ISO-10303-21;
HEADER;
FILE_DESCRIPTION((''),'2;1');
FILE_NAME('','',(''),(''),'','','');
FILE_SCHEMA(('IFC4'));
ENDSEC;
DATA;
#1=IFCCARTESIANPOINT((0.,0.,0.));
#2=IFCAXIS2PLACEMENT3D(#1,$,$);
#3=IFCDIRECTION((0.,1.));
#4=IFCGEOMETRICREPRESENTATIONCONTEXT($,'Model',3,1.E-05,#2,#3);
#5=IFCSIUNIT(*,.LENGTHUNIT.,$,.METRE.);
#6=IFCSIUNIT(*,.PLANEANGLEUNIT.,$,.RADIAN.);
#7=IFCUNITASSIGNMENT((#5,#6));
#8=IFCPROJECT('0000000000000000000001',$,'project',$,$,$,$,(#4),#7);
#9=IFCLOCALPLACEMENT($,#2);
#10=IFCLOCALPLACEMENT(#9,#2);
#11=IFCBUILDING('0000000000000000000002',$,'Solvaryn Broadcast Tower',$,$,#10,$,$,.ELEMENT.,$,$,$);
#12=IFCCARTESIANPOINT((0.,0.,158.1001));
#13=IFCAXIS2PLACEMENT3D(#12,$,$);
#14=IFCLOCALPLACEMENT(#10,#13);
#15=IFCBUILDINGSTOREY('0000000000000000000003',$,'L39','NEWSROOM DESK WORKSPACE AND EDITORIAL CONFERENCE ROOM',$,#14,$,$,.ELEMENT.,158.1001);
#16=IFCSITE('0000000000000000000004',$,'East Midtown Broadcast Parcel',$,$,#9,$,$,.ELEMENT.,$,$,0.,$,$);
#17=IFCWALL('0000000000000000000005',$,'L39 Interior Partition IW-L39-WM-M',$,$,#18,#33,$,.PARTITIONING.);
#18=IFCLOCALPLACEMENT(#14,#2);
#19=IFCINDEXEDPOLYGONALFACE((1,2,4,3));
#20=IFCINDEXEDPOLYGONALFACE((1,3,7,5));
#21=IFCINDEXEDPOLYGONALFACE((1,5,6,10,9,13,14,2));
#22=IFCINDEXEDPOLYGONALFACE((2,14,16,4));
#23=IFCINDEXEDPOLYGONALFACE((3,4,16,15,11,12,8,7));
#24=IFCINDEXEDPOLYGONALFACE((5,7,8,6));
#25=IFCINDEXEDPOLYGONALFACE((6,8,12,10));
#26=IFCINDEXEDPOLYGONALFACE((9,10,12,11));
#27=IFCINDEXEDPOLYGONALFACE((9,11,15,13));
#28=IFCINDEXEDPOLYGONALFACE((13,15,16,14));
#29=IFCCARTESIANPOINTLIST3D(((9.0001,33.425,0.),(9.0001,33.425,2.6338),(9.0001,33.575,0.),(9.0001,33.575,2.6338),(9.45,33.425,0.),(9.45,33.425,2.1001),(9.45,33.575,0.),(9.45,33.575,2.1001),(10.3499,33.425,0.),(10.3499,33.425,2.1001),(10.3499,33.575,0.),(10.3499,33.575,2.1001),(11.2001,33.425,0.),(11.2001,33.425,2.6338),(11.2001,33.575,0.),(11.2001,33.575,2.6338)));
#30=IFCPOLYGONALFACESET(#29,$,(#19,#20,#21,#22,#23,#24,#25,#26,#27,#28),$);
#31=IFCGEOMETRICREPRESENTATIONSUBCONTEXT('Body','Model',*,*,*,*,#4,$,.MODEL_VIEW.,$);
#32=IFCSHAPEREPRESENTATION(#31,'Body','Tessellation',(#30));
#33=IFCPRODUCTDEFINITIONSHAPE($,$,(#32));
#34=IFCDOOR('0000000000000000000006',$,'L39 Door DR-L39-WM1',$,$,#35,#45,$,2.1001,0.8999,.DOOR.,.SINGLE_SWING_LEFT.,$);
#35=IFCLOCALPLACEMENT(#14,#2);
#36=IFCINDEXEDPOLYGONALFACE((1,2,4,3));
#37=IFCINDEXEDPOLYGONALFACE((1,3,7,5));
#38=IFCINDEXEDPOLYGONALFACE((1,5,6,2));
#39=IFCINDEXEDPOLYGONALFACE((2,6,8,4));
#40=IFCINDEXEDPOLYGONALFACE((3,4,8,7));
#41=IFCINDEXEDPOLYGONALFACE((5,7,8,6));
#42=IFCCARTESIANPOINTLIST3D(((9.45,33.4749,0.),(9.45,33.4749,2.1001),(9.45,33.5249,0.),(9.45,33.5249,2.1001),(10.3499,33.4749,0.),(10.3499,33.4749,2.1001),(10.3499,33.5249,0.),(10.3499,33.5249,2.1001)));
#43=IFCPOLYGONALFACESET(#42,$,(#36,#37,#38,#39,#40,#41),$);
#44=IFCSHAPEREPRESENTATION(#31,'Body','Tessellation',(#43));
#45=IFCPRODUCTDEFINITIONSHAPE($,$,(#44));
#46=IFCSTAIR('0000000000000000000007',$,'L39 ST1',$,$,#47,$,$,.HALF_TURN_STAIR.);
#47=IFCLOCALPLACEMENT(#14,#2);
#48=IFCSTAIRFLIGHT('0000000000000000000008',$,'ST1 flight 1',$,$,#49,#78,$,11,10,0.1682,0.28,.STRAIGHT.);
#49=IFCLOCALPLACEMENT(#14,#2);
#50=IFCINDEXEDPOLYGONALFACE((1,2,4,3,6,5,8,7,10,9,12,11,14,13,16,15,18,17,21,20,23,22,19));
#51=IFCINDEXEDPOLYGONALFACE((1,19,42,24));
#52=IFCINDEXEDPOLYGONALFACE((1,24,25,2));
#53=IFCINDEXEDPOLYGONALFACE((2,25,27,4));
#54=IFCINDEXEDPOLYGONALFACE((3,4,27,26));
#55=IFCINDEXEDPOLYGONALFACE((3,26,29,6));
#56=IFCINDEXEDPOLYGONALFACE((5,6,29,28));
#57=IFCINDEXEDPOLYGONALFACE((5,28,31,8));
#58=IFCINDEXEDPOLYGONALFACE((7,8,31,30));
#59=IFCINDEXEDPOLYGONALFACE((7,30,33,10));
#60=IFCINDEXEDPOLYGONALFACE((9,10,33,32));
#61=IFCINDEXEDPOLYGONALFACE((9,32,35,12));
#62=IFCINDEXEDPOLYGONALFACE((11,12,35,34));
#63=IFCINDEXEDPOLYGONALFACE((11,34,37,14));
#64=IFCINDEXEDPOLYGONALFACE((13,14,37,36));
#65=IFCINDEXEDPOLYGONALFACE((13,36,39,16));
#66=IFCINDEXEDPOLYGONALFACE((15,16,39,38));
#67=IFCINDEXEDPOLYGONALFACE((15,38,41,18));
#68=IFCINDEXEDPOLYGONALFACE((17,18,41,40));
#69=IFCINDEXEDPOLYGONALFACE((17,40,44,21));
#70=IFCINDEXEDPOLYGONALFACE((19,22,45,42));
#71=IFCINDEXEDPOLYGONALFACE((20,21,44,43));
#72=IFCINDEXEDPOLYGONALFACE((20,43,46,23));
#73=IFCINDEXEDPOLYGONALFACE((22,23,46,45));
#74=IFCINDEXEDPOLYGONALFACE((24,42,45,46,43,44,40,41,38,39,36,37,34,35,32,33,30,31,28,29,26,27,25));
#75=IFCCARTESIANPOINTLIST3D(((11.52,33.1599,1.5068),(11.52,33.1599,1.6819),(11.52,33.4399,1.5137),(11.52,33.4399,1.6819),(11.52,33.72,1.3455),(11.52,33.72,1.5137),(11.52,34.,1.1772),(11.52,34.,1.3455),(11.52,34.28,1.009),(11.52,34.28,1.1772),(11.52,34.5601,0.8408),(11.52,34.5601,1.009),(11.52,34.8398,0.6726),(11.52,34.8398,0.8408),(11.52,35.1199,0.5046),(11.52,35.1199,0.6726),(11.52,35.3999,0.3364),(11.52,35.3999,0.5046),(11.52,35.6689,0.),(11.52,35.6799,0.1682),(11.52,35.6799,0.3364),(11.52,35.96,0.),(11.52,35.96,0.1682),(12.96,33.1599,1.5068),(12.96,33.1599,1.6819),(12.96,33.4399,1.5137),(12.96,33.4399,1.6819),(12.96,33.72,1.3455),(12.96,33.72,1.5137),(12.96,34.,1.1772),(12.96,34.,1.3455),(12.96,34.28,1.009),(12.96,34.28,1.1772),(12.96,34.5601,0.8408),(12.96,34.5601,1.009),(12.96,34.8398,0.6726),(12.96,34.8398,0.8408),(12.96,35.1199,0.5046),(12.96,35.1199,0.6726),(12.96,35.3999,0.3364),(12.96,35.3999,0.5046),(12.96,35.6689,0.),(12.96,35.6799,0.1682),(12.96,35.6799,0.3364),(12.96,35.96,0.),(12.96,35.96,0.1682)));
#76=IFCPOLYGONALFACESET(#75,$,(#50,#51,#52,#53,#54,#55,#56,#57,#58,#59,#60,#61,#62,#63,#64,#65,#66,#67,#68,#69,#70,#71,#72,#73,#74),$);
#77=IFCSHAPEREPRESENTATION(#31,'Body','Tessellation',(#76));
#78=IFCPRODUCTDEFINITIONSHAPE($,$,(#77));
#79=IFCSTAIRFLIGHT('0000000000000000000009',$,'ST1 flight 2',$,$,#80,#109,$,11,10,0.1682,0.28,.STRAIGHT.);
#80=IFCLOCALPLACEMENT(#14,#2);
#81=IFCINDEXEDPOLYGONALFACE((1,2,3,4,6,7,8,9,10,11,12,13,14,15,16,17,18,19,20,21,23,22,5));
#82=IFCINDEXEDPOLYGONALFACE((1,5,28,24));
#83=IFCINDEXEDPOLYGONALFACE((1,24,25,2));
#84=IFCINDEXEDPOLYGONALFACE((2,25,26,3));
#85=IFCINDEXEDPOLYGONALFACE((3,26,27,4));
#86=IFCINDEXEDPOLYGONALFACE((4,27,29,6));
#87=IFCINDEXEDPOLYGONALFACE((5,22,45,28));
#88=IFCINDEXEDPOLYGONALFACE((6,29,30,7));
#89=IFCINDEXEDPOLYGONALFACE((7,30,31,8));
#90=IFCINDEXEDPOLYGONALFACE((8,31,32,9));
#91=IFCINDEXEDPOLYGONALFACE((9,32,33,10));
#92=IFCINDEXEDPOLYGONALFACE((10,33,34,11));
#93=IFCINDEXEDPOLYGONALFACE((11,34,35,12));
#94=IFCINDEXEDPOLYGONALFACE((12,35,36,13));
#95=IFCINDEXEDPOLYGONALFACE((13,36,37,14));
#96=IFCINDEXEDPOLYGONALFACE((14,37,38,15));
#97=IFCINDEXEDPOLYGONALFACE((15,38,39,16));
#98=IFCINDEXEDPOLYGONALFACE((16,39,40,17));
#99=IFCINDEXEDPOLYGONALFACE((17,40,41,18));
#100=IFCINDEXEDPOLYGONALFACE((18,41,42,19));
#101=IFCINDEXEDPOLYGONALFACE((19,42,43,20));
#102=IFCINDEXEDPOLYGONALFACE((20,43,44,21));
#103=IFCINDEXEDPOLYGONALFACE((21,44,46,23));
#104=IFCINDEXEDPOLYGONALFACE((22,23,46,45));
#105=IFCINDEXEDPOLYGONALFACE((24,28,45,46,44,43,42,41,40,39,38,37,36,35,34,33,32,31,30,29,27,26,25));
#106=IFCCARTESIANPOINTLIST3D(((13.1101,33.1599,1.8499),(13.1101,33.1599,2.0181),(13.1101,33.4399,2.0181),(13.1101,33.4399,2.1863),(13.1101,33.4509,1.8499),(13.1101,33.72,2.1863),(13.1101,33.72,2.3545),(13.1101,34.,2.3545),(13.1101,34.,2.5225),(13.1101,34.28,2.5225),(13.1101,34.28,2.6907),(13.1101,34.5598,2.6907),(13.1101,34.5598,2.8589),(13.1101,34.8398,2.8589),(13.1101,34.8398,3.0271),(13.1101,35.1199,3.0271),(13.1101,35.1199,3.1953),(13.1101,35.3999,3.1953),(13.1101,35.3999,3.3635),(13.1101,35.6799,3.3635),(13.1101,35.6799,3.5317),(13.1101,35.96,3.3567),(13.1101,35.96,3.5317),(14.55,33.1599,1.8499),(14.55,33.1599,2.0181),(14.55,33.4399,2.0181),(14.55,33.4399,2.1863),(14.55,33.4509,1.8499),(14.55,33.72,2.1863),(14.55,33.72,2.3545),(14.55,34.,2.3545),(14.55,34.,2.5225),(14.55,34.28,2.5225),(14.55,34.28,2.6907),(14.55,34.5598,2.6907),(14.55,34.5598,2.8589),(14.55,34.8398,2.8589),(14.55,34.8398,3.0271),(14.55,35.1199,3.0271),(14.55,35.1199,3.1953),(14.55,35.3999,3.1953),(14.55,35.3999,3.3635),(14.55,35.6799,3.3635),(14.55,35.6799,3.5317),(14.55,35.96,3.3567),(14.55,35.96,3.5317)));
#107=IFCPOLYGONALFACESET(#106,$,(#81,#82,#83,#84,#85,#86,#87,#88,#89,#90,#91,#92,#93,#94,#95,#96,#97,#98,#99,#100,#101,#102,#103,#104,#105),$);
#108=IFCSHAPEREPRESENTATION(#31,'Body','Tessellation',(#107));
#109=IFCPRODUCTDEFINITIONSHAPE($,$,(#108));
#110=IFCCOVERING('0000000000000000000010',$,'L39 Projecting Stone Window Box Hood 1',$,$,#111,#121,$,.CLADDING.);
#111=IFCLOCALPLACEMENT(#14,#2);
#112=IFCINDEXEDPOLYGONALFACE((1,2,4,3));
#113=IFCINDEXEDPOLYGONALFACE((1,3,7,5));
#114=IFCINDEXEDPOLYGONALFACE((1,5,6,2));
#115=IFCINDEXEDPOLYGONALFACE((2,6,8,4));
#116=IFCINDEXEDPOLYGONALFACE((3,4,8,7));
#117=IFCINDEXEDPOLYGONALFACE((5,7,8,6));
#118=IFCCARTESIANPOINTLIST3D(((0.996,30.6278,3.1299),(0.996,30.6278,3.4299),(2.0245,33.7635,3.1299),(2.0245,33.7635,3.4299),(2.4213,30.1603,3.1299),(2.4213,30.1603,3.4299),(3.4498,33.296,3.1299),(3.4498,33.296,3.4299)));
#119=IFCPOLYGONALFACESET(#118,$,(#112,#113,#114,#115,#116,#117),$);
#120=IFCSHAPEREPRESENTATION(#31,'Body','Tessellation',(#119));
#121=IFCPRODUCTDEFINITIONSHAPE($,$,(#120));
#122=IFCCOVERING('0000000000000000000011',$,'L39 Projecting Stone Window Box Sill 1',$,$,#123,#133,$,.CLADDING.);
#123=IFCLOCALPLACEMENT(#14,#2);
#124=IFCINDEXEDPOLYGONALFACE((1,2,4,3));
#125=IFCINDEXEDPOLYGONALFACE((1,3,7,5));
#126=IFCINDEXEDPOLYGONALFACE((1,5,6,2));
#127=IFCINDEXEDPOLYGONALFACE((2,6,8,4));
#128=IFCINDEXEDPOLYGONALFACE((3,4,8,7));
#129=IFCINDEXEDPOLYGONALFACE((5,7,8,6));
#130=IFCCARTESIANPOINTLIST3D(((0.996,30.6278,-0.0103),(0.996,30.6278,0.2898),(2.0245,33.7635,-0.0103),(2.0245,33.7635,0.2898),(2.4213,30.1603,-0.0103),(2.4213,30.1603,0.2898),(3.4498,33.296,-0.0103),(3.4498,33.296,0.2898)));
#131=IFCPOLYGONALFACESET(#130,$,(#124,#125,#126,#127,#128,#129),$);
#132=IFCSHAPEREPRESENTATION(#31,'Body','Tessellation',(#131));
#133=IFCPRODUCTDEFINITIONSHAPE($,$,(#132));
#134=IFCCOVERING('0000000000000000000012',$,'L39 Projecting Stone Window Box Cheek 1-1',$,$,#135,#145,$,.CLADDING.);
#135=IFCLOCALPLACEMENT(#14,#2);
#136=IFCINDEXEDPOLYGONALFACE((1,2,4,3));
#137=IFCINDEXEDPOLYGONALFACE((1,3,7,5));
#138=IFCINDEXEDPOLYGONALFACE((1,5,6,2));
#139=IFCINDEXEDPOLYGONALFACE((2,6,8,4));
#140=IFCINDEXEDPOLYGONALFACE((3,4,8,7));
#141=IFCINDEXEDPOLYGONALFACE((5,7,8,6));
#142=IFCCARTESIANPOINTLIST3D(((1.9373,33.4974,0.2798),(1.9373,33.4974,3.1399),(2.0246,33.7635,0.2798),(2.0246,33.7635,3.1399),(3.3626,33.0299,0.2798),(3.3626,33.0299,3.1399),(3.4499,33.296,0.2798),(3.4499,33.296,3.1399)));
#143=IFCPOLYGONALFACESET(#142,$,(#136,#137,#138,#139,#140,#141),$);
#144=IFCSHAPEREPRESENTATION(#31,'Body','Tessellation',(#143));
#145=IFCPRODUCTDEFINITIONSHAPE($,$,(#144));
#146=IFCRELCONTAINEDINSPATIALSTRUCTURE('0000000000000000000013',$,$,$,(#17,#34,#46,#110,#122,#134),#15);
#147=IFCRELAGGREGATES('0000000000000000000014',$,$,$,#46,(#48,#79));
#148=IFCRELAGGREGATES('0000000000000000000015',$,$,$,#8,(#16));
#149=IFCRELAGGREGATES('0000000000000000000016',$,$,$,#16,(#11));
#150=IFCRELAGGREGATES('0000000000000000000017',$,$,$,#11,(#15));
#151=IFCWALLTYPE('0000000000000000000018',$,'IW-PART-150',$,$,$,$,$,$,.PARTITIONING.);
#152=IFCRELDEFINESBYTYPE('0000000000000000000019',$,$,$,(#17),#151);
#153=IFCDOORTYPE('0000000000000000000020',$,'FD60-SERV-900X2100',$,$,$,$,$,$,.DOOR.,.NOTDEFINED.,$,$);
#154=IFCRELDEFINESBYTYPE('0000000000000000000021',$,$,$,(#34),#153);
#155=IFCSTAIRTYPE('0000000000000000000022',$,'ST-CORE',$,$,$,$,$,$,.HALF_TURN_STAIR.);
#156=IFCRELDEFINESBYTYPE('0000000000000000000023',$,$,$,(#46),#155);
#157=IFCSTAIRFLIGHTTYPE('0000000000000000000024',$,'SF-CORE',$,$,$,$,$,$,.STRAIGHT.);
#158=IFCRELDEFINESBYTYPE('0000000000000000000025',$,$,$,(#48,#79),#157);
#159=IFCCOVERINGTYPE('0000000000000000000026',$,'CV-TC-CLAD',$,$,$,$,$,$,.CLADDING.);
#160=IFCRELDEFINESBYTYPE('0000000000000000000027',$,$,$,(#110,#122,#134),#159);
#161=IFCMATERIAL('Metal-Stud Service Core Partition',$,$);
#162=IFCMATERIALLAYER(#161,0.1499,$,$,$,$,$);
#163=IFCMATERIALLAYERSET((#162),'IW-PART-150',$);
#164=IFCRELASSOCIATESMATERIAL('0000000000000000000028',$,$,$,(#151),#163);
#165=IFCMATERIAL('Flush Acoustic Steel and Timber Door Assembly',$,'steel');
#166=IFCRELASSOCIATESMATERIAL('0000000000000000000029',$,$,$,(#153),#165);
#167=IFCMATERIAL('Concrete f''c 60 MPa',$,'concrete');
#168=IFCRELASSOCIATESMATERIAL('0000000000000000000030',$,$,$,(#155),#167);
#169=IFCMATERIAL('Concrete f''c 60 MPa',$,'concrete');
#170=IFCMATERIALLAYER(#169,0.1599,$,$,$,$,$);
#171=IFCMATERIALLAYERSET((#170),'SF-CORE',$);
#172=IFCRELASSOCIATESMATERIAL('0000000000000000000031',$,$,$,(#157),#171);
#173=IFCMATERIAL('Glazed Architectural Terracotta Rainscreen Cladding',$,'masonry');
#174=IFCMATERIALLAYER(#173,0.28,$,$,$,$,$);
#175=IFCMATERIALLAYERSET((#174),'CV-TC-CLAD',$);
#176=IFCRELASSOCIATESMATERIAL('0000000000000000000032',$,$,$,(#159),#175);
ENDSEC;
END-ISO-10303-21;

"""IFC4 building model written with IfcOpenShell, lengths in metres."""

from ifc_helpers import new_model, si_unit, direction, frame, frame_2d, origin, origin_2d, place, context, subcontext, project, spatial, polyline, rectangle, outline, extrude, material, layer, layer_set, type_object, element, fill, aggregate, save


model = new_model("IFC4")

# Units and contexts
model_context = context("Model", 3, precision=1e-05, world=origin(), true_north=direction((0.0, 1.0)))
body_context = subcontext(model_context, "Body", "Model", "MODEL_VIEW")
ifc_project = project(units=[si_unit("LENGTHUNIT", "METRE"), si_unit("PLANEANGLEUNIT", "RADIAN")], contexts=[model_context])

# Site, building, storey
site_placement = place(None, origin())
site = spatial("IfcSite", under=ifc_project, at=site_placement, Name="East Midtown Broadcast Parcel", CompositionType="ELEMENT", RefElevation=0.0)
building_placement = place(site_placement, origin())
building = spatial("IfcBuilding", under=site, at=building_placement, Name="Solvaryn Broadcast Tower", CompositionType="ELEMENT")
storey_placement = place(building_placement, frame((0.0, 0.0, 158.1001)))
storey = spatial("IfcBuildingStorey", under=building, at=storey_placement, Name="L39", Description="NEWSROOM DESK WORKSPACE AND EDITORIAL CONFERENCE ROOM", CompositionType="ELEMENT", Elevation=158.1001)

# Wall, opening, door
ifc_material_1 = material(Name="Metal-Stud Service Core Partition")
ifc_layer_1 = layer(ifc_material_1, 0.1499)
ifc_layer_set_1 = layer_set([ifc_layer_1], Name="IW-PART-150")
wall_type = type_object("IfcWallType", Name="IW-PART-150", PredefinedType="PARTITIONING", material=ifc_layer_set_1)
wall_placement = place(storey_placement, frame((9.0, 33.5, 0.0), z_axis=(0.0, 0.0, 1.0), x_axis=(1.0, 0.0, 0.0)))
wall = element("IfcWall", 1, at=wall_placement, inside=storey, type_object=wall_type, Name="L39 Interior Partition IW-L39-WM-M", PredefinedType="PARTITIONING", context=body_context, shape_type="SweptSolid", body=[
    extrude(rectangle(XDim=2.2, YDim=0.1499, at=frame_2d((1.1001, 0.0))), origin(), (0.0, 0.0, 1.0), 2.6338),
])
opening_placement = place(wall_placement, frame((0.45, 0.0, 0.0)))
opening = element("IfcOpeningElement", 2, at=opening_placement, cuts=wall, PredefinedType="OPENING", context=body_context, shape_type="SweptSolid", body=[
    extrude(rectangle(XDim=0.8999, YDim=2.1001, at=frame_2d((0.45, 1.05))), frame((0.0, 0.085, 0.0), z_axis=(0.0, -1.0, 0.0), x_axis=(1.0, 0.0, 0.0)), (0.0, 0.0, 1.0), 0.1699),
])
ifc_material_2 = material(Name="Flush Acoustic Steel and Timber Door Assembly", Category="steel")
door_type = type_object("IfcDoorType", Name="FD60-SERV-900X2100", OperationType="NOTDEFINED", PredefinedType="DOOR", material=ifc_material_2)
door_placement = place(opening_placement, origin())
door = element("IfcDoor", 3, at=door_placement, inside=storey, type_object=door_type, Name="L39 Door DR-L39-WM1", OperationType="SINGLE_SWING_LEFT", OverallHeight=2.1001, OverallWidth=0.8999, PredefinedType="DOOR", context=body_context, shape_type="SweptSolid", body=[
    extrude(rectangle(XDim=0.8999, YDim=2.1001, at=frame_2d((0.45, 1.05))), frame((0.0, 0.0249, 0.0), z_axis=(0.0, -1.0, 0.0), x_axis=(1.0, 0.0, 0.0)), (0.0, 0.0, 1.0), 0.05),
])
fill(opening, door)

# Stair, stair flights
ifc_material_3 = material(Name="Concrete f'c 60 MPa", Category="concrete")
stair_type = type_object("IfcStairType", Name="ST-CORE", PredefinedType="HALF_TURN_STAIR", material=ifc_material_3)
stair_placement = place(storey_placement, origin())
stair = element("IfcStair", 4, at=stair_placement, inside=storey, type_object=stair_type, Name="L39 ST1", PredefinedType="HALF_TURN_STAIR")
ifc_material_4 = material(Name="Concrete f'c 60 MPa", Category="concrete")
ifc_layer_2 = layer(ifc_material_4, 0.1599)
ifc_layer_set_2 = layer_set([ifc_layer_2], Name="SF-CORE")
stair_flight_type = type_object("IfcStairFlightType", Name="SF-CORE", PredefinedType="STRAIGHT", material=ifc_layer_set_2)
stair_flight_1_placement = place(storey_placement, frame((12.24, 35.96, 0.0), z_axis=(0.0, 0.0, 1.0), x_axis=(0.0, -1.0, 0.0)))
stair_flight_1 = element("IfcStairFlight", 5, at=stair_flight_1_placement, type_object=stair_flight_type, Name="ST1 flight 1", NumberOfRisers=11, NumberOfTreads=10, PredefinedType="STRAIGHT", RiserHeight=0.1682, TreadLength=0.28, context=body_context, shape_type="SweptSolid", body=[
    extrude(outline(polyline([(0.0, 0.0), (0.0, 0.1682), (0.28, 0.1682), (0.28, 0.3364), (0.5601, 0.3364), (0.5601, 0.5046), (0.8401, 0.5046), (0.8401, 0.6726), (1.1201, 0.6726), (1.1201, 0.8408), (1.3999, 0.8408), (1.3999, 1.009), (1.6799, 1.009), (1.6799, 1.1772), (1.96, 1.1772), (1.96, 1.3455), (2.24, 1.3455), (2.24, 1.5137), (2.52, 1.5137), (2.52, 1.6819), (2.8, 1.6819), (2.8, 1.8501), (2.8, 1.5068), (0.291, 0.0), (0.0, 0.0)])), frame((0.0, 0.72, 0.0), z_axis=(0.0, -1.0, 0.0), x_axis=(1.0, 0.0, 0.0)), (0.0, 0.0, 1.0), 1.4399),
])
stair_flight_2_placement = place(storey_placement, frame((13.8301, 33.1599, 1.8499), z_axis=(0.0, 0.0, 1.0), x_axis=(0.0, 1.0, 0.0)))
stair_flight_2 = element("IfcStairFlight", 6, at=stair_flight_2_placement, type_object=stair_flight_type, Name="ST1 flight 2", NumberOfRisers=11, NumberOfTreads=10, PredefinedType="STRAIGHT", RiserHeight=0.1682, TreadLength=0.28, context=body_context, shape_type="SweptSolid", body=[
    extrude(outline(polyline([(0.0, 0.0), (0.0, 0.1682), (0.28, 0.1682), (0.28, 0.3364), (0.5601, 0.3364), (0.5601, 0.5046), (0.8401, 0.5046), (0.8401, 0.6726), (1.1201, 0.6726), (1.1201, 0.8408), (1.3999, 0.8408), (1.3999, 1.009), (1.6799, 1.009), (1.6799, 1.1772), (1.96, 1.1772), (1.96, 1.3455), (2.24, 1.3455), (2.24, 1.5137), (2.52, 1.5137), (2.52, 1.6819), (2.8, 1.6819), (2.8, 1.8501), (2.8, 1.5068), (0.291, 0.0), (0.0, 0.0)])), frame((0.0, 0.72, 0.0), z_axis=(0.0, -1.0, 0.0), x_axis=(1.0, 0.0, 0.0)), (0.0, 0.0, 1.0), 1.4399),
])
aggregate(stair, [stair_flight_1, stair_flight_2])

# Coverings
ifc_material_5 = material(Name="Glazed Architectural Terracotta Rainscreen Cladding", Category="masonry")
ifc_layer_3 = layer(ifc_material_5, 0.28)
ifc_layer_set_3 = layer_set([ifc_layer_3], Name="CV-TC-CLAD")
covering_type = type_object("IfcCoveringType", Name="CV-TC-CLAD", PredefinedType="CLADDING", material=ifc_layer_set_3)
for number, where, z_axis, x_axis, name in (
    (7, (2.2229, 31.9619, 3.1299), (0.0, 0.0, 1.0), (-0.311672, -0.95019, 0.0), "L39 Projecting Stone Window Box Hood 1"),
    (8, (2.2229, 31.9619, -0.0103), (0.0, 0.0, 1.0), (-0.311672, -0.95019, 0.0), "L39 Projecting Stone Window Box Sill 1"),
):
    element("IfcCovering", number, at=place(storey_placement, frame(where, z_axis=z_axis, x_axis=x_axis)), inside=storey, type_object=covering_type, Name=name, PredefinedType="CLADDING", context=body_context, shape_type="SweptSolid", body=[
        extrude(rectangle(XDim=3.3, YDim=1.5, at=origin_2d()), origin(), (0.0, 0.0, 1.0), 0.3),
    ])
covering_placement = place(storey_placement, frame((2.6936, 33.3967, 0.2798), z_axis=(0.0, 0.0, 1.0), x_axis=(-0.311672, -0.95019, 0.0)))
element("IfcCovering", 9, at=covering_placement, inside=storey, type_object=covering_type, Name="L39 Projecting Stone Window Box Cheek 1-1", PredefinedType="CLADDING", context=body_context, shape_type="SweptSolid", body=[
    extrude(rectangle(XDim=0.28, YDim=1.5, at=origin_2d()), origin(), (0.0, 0.0, 1.0), 2.8601),
])

save(model, "model.ifc")
